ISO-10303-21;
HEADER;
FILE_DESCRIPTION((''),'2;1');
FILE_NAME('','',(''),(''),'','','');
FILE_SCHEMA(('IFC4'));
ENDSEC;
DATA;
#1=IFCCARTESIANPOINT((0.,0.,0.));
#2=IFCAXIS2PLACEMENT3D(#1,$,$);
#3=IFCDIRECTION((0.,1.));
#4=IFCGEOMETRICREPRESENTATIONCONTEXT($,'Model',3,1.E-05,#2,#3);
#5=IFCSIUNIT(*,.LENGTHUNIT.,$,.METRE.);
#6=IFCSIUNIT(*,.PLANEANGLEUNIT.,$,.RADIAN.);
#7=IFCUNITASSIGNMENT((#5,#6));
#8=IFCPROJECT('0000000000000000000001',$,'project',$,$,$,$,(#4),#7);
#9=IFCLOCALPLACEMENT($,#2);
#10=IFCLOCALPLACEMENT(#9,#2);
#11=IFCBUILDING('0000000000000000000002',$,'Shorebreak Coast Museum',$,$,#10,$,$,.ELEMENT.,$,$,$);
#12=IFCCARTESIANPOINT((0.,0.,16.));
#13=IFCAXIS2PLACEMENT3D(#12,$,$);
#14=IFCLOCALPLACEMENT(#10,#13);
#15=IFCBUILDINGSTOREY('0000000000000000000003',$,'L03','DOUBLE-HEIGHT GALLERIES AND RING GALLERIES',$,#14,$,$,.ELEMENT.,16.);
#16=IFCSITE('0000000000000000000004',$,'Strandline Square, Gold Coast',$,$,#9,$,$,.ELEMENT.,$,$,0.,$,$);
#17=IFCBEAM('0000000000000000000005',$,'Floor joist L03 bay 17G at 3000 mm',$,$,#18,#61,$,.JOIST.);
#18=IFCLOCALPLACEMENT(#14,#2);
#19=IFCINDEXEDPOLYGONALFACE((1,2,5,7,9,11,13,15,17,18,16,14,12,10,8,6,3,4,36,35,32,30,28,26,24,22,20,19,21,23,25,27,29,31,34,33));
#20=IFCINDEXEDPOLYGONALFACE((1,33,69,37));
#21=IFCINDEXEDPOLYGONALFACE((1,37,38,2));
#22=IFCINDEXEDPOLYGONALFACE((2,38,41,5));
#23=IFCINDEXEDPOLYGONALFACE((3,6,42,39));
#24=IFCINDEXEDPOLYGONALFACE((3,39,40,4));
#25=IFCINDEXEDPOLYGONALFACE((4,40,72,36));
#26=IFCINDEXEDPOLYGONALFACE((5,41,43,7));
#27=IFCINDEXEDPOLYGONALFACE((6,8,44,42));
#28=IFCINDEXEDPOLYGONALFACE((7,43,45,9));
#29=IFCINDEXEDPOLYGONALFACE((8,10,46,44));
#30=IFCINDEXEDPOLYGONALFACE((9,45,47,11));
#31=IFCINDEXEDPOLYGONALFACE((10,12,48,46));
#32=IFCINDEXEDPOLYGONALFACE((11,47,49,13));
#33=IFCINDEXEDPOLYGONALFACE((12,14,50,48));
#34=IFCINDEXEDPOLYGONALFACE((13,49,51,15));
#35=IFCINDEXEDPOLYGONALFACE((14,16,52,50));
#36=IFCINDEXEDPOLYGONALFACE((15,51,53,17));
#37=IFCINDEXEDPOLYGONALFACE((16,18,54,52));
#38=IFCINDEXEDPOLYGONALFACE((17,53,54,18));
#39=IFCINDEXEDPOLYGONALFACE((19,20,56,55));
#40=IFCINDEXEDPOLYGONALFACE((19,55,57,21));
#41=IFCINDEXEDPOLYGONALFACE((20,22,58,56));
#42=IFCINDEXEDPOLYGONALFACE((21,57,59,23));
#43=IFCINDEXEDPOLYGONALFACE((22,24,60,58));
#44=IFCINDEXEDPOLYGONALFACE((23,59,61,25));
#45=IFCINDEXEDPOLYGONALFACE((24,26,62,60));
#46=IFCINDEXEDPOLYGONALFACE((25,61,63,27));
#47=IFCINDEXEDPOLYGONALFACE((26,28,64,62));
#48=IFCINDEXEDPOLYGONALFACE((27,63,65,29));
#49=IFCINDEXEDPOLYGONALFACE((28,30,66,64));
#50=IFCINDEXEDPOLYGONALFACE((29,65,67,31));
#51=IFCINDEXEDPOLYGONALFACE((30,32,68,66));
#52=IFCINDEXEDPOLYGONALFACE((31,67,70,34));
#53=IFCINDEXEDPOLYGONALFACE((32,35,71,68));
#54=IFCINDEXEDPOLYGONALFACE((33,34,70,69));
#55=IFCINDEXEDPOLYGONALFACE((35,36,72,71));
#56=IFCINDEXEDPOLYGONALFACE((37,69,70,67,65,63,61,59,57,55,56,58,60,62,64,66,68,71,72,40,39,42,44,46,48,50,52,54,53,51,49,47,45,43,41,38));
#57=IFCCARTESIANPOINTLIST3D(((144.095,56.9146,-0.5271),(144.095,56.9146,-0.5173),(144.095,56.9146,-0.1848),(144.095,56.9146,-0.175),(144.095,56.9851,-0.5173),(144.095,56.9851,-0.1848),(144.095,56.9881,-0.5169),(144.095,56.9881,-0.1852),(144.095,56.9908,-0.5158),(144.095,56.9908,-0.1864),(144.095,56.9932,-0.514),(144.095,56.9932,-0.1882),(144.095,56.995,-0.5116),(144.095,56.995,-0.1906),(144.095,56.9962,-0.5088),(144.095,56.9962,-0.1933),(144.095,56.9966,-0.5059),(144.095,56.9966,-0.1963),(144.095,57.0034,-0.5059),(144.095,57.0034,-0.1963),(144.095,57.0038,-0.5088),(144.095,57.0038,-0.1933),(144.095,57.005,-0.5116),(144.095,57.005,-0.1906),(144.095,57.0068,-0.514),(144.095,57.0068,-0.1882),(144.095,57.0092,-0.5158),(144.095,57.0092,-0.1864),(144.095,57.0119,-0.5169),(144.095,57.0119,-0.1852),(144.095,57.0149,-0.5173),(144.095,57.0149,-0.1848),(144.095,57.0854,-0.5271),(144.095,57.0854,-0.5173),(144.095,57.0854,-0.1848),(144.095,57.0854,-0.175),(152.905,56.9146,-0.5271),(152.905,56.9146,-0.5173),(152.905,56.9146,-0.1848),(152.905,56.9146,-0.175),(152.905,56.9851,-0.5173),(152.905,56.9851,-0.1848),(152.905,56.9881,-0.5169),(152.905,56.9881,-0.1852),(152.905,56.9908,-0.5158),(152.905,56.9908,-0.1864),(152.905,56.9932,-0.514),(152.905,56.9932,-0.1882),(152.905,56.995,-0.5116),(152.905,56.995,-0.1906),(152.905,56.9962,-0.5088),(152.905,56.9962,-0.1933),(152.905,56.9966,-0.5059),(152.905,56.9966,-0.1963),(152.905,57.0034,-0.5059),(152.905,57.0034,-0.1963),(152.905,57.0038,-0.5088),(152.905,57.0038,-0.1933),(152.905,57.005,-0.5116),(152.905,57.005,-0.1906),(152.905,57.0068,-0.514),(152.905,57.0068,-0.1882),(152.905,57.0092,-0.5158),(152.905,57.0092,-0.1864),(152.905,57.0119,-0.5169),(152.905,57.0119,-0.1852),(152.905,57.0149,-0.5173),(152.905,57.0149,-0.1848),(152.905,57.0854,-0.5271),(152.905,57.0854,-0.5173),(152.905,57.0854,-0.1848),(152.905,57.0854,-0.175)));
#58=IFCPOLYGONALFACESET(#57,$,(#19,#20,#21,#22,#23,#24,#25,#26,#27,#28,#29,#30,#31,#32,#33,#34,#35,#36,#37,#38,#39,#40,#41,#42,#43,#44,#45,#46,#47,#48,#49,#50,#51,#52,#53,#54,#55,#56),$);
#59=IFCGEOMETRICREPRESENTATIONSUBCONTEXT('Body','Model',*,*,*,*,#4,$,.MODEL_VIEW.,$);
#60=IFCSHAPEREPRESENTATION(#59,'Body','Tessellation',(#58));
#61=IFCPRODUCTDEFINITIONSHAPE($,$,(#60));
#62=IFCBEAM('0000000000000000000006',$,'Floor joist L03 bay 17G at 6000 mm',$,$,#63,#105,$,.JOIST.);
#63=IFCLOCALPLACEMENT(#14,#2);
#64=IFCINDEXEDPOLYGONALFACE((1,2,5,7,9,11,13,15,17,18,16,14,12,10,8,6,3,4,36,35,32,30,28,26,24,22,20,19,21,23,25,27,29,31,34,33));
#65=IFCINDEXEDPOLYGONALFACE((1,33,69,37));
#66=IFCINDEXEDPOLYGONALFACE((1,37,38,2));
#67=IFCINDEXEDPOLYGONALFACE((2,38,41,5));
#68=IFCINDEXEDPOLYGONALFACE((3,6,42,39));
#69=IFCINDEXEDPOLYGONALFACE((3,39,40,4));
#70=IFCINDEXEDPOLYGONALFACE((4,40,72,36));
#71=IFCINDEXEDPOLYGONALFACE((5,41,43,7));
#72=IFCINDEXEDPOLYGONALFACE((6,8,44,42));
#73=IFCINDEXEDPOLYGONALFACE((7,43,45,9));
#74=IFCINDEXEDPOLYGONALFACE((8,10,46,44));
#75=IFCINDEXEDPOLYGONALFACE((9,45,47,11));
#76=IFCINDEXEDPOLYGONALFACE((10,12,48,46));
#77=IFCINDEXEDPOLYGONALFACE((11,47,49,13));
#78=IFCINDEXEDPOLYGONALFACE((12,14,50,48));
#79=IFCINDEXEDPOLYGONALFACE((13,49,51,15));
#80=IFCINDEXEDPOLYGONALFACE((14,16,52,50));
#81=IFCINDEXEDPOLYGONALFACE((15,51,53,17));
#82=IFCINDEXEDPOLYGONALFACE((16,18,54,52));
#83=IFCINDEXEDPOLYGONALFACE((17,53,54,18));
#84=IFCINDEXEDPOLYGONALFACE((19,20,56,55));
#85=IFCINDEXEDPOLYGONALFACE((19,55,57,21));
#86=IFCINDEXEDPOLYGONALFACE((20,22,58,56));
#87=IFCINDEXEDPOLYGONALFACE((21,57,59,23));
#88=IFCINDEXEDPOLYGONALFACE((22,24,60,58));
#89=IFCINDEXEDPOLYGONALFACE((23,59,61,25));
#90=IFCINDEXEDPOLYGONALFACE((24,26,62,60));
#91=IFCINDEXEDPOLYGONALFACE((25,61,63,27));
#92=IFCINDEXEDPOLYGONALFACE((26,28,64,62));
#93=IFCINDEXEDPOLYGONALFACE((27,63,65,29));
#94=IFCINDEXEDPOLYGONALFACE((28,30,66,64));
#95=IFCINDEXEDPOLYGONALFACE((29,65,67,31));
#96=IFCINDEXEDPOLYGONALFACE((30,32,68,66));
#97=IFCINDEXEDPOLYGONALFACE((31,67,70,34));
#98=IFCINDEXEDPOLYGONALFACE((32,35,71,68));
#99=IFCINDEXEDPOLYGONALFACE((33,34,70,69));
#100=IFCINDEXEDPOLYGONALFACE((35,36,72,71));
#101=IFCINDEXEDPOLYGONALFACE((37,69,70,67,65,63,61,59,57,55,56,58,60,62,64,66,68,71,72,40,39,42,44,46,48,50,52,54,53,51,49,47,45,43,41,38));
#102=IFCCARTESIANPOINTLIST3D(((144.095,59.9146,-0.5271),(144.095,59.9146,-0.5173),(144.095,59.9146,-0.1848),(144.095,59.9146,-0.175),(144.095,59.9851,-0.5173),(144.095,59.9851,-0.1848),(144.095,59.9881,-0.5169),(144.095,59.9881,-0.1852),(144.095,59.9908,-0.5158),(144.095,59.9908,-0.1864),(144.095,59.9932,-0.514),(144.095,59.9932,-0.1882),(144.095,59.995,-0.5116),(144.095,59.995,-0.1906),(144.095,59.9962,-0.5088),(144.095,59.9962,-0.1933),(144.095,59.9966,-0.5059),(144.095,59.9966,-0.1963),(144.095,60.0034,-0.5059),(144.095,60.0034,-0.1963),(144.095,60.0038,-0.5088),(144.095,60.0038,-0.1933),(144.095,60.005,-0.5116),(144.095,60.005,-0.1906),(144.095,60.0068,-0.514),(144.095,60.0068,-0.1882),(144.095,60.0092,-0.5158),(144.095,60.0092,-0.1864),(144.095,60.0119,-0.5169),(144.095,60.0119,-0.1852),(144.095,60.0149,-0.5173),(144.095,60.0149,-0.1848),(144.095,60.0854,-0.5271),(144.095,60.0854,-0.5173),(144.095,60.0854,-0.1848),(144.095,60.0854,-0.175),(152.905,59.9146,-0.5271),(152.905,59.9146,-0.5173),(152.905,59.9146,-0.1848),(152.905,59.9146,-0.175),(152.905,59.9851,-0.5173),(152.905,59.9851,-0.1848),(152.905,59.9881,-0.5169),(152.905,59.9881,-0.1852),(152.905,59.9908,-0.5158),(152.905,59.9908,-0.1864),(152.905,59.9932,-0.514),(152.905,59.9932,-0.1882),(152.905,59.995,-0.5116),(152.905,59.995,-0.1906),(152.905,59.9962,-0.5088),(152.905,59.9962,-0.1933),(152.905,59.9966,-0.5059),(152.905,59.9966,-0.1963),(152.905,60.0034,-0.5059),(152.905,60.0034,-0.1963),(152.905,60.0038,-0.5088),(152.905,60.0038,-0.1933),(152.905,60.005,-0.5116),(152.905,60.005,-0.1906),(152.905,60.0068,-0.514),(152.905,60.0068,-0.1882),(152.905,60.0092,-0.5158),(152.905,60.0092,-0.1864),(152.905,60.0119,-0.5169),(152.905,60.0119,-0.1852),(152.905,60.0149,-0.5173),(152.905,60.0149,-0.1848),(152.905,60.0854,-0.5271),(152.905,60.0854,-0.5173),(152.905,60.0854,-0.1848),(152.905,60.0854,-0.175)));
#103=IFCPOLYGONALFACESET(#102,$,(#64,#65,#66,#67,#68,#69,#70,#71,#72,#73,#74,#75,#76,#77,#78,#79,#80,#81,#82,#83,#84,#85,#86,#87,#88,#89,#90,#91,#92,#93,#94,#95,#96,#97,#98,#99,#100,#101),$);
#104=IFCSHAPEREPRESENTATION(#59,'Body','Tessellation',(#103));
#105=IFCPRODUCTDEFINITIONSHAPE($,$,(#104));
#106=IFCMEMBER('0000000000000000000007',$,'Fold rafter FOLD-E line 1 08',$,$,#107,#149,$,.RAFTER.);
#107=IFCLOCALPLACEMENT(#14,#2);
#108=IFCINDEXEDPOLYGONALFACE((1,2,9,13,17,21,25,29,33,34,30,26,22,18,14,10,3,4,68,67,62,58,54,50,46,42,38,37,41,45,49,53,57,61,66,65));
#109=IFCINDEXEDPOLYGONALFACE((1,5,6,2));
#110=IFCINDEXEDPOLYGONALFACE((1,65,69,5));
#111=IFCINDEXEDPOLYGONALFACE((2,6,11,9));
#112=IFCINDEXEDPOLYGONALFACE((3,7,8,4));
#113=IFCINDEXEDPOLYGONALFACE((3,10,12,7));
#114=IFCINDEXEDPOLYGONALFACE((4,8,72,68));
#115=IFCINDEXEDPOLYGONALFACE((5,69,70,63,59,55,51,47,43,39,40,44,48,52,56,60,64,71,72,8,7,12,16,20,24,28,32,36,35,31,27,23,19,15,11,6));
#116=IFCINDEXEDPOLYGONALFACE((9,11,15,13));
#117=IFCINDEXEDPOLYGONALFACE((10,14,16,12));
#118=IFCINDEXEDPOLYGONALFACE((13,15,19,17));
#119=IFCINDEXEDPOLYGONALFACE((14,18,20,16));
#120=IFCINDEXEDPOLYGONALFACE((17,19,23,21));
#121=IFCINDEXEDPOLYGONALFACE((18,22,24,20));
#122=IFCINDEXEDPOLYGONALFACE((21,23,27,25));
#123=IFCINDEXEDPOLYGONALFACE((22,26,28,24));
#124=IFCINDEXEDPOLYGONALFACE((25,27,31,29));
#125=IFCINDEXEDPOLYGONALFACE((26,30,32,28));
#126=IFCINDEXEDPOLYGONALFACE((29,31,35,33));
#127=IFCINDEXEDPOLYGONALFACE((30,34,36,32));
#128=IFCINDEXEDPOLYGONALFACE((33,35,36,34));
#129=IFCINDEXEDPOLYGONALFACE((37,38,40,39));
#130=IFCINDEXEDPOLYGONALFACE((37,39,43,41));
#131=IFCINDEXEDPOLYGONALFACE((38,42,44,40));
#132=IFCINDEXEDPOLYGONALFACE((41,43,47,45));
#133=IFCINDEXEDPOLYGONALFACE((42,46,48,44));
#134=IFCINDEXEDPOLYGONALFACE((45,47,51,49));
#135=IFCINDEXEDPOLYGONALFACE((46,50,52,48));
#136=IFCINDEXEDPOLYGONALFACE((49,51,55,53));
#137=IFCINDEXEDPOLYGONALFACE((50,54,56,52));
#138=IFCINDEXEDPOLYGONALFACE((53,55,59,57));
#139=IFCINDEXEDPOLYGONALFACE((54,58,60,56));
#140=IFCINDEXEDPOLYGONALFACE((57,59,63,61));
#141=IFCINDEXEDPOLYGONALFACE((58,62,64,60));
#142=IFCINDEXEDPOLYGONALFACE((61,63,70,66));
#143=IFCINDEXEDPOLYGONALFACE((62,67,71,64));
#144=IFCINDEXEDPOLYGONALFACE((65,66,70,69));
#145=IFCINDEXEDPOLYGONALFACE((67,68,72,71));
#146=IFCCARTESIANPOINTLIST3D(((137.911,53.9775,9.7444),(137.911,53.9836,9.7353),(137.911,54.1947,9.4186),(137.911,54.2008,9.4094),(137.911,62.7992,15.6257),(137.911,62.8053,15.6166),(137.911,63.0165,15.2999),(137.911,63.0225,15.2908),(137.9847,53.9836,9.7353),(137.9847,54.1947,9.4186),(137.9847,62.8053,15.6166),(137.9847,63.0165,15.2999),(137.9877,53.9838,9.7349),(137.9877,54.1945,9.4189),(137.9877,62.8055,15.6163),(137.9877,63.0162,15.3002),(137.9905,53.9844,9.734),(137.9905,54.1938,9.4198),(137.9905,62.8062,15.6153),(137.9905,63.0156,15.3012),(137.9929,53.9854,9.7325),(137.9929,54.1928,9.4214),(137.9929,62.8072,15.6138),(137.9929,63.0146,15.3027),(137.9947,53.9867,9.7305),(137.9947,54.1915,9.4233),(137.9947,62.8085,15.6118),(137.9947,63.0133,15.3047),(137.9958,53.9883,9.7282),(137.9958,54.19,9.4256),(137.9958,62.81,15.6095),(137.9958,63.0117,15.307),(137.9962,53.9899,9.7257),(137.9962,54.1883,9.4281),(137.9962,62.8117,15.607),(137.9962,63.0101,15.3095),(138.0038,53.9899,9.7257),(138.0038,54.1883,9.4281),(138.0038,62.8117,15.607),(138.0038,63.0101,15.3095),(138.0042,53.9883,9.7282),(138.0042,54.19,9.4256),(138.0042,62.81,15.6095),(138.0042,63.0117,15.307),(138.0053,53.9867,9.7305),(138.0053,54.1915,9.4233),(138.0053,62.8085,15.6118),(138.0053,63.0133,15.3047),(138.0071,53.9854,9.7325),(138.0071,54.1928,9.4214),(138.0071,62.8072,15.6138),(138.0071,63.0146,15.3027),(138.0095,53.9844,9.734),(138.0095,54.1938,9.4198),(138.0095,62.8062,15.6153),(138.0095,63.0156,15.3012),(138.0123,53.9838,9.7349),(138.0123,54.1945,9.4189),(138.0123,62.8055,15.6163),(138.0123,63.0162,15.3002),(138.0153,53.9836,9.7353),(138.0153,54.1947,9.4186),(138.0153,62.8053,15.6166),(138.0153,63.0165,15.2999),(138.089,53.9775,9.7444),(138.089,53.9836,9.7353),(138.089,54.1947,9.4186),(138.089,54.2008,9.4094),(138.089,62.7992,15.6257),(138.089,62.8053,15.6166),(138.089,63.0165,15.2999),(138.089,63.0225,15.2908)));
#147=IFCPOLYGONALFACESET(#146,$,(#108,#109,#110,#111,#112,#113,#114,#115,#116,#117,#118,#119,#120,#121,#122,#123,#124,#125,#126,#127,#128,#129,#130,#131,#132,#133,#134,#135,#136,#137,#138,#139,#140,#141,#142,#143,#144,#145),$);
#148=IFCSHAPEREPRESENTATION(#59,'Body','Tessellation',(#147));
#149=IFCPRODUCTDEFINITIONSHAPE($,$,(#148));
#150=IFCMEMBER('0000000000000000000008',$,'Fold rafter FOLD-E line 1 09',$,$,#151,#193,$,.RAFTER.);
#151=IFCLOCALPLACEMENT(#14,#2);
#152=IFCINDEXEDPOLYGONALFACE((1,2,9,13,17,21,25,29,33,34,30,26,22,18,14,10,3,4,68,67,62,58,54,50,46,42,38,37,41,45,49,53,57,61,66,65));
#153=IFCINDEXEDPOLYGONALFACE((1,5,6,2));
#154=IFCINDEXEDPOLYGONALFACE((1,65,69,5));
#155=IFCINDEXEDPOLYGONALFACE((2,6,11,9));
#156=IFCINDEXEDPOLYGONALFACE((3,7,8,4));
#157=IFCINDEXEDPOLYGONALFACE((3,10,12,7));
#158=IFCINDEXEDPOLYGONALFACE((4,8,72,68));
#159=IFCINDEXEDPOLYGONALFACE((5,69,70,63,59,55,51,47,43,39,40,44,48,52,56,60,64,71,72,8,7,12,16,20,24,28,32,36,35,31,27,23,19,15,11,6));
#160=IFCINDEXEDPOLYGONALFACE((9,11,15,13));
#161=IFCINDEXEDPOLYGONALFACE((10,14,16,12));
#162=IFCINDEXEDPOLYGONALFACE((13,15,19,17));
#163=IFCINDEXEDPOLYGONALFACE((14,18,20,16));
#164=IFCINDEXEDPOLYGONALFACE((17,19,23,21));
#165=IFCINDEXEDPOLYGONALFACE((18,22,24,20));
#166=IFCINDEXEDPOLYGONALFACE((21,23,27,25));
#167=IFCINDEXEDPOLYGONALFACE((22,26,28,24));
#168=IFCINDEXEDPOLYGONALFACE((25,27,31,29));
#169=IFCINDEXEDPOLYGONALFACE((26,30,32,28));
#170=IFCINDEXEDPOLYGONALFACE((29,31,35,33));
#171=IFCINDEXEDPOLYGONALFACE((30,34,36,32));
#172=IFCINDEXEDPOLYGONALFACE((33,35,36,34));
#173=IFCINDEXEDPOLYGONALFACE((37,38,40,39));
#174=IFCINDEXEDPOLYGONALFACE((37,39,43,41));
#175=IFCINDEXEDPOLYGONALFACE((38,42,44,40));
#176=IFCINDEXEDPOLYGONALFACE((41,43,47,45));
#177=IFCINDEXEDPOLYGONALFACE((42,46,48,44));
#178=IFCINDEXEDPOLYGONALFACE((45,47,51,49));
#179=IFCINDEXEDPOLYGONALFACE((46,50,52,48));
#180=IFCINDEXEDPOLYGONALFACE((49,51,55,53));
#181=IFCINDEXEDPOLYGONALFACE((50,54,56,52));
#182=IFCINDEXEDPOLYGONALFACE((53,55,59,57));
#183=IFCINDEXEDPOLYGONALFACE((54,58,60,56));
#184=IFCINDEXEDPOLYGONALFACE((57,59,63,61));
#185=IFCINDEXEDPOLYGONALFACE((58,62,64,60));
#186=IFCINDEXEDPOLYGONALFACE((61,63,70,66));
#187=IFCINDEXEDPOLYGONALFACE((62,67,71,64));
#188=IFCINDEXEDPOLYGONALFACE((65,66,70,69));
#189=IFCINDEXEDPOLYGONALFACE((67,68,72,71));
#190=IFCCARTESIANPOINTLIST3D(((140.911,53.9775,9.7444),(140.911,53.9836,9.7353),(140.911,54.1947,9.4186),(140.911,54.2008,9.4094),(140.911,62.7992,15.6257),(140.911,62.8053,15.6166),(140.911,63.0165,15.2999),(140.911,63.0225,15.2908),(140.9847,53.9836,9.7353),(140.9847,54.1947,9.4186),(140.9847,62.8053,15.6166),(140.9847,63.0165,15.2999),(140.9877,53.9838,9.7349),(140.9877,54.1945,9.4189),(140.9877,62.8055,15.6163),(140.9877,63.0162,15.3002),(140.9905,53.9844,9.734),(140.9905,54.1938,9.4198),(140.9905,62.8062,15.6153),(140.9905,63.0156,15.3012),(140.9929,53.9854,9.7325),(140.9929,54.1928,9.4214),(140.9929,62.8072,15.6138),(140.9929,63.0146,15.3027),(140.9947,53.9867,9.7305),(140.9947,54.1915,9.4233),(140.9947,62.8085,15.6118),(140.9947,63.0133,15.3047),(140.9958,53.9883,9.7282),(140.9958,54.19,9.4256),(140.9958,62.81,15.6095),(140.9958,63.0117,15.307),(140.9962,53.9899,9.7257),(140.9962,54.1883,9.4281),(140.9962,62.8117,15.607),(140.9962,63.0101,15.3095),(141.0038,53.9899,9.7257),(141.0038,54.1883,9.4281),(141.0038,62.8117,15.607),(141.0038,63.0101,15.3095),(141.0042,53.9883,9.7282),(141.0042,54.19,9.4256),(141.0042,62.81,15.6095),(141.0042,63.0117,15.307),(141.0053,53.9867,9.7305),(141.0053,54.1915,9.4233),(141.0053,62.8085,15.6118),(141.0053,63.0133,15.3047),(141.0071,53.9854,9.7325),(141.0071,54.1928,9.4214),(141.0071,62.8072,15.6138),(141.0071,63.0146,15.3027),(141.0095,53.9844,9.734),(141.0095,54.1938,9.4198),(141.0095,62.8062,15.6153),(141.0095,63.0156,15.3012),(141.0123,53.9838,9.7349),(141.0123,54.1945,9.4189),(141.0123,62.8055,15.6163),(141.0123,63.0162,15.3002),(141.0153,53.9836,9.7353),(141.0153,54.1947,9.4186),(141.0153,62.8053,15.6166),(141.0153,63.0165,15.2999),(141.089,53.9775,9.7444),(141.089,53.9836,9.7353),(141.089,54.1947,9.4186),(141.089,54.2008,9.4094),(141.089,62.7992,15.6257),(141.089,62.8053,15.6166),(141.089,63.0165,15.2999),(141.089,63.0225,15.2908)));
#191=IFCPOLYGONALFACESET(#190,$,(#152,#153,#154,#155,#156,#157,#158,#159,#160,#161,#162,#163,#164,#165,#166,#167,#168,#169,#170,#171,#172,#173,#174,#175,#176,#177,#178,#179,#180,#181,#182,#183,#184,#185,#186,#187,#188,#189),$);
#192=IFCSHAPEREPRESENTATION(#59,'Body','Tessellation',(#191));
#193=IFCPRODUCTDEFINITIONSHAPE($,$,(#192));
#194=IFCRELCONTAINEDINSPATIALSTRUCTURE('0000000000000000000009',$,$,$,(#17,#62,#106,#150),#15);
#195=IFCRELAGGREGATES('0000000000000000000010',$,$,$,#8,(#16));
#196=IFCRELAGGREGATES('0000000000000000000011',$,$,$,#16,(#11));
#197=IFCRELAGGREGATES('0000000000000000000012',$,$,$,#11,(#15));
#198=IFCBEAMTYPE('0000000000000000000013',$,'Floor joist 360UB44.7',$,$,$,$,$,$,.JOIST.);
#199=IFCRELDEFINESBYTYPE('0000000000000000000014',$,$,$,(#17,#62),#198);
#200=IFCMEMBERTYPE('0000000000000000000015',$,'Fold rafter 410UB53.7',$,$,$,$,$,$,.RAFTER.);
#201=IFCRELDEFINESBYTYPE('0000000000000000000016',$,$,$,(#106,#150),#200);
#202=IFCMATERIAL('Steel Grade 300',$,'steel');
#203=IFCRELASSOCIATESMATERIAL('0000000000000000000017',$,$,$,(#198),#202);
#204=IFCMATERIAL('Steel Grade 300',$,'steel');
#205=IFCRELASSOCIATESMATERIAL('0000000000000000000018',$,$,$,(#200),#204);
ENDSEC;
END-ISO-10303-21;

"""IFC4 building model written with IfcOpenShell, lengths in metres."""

from ifc_helpers import new_model, si_unit, direction, frame, origin, origin_2d, place, context, subcontext, project, spatial, i_section, extrude, material, material_profile, profile_set, type_object, element, save


model = new_model("IFC4")

# Units and contexts
model_context = context("Model", 3, precision=1e-05, world=origin(), true_north=direction((0.0, 1.0)))
body_context = subcontext(model_context, "Body", "Model", "MODEL_VIEW")
ifc_project = project(units=[si_unit("LENGTHUNIT", "METRE"), si_unit("PLANEANGLEUNIT", "RADIAN")], contexts=[model_context])

# Site, building, storey
site_placement = place(None, origin())
site = spatial("IfcSite", under=ifc_project, at=site_placement, Name="Strandline Square, Gold Coast", CompositionType="ELEMENT", RefElevation=0.0)
building_placement = place(site_placement, origin())
building = spatial("IfcBuilding", under=site, at=building_placement, Name="Shorebreak Coast Museum", CompositionType="ELEMENT")
storey_placement = place(building_placement, frame((0.0, 0.0, 16.0)))
storey = spatial("IfcBuildingStorey", under=building, at=storey_placement, Name="L03", Description="DOUBLE-HEIGHT GALLERIES AND RING GALLERIES", CompositionType="ELEMENT", Elevation=16.0)

# Beams
ifc_material_1 = material(Name="Steel Grade 300", Category="steel")
ifc_material_profile_1 = material_profile(ifc_material_1, i_section(OverallWidth=0.1709, OverallDepth=0.3521, WebThickness=0.0068, FlangeThickness=0.0098, FilletRadius=0.0115, at=origin_2d()), Name="360UB44.7")
ifc_profile_set_1 = profile_set([ifc_material_profile_1], Name="Steel Grade 300")
beam_type_1 = type_object("IfcBeamType", Name="Floor joist 360UB44.7", PredefinedType="JOIST", material=ifc_profile_set_1)
for number, where, z_axis, x_axis, name in (
    (1, (144.095, 57.0, -0.3511), (1.0, 0.0, 0.0), (0.0, 1.0, 0.0), "Floor joist L03 bay 17G at 3000 mm"),
    (2, (144.095, 60.0, -0.3511), (1.0, 0.0, 0.0), (0.0, 1.0, 0.0), "Floor joist L03 bay 17G at 6000 mm"),
):
    element("IfcBeam", number, at=place(storey_placement, frame(where, z_axis=z_axis, x_axis=x_axis)), inside=storey, type_object=beam_type_1, Name=name, PredefinedType="JOIST", context=body_context, shape_type="SweptSolid", body=[
        extrude(i_section(OverallWidth=0.1709, OverallDepth=0.3521, WebThickness=0.0068, FlangeThickness=0.0098, FilletRadius=0.0115, at=origin_2d()), origin(), (0.0, 0.0, 1.0), 8.8101),
    ])

# Members
ifc_material_2 = material(Name="Steel Grade 300", Category="steel")
ifc_material_profile_2 = material_profile(ifc_material_2, i_section(OverallWidth=0.178, OverallDepth=0.4026, WebThickness=0.0076, FlangeThickness=0.011, FilletRadius=0.0115, at=origin_2d()), Name="410UB53.7")
ifc_profile_set_2 = profile_set([ifc_material_profile_2], Name="Steel Grade 300")
member_type_1 = type_object("IfcMemberType", Name="Fold rafter 410UB53.7", PredefinedType="RAFTER", material=ifc_profile_set_2)
for number, where, z_axis, x_axis, name in (
    (3, (138.0, 62.9109, 15.4583), (0.0, -0.832043, -0.554711), (1.0, 0.0, 0.0), "Fold rafter FOLD-E line 1 08"),
    (4, (141.0, 62.9109, 15.4583), (0.0, -0.832043, -0.554711), (1.0, 0.0, 0.0), "Fold rafter FOLD-E line 1 09"),
):
    element("IfcMember", number, at=place(storey_placement, frame(where, z_axis=z_axis, x_axis=x_axis)), inside=storey, type_object=member_type_1, Name=name, PredefinedType="RAFTER", context=body_context, shape_type="SweptSolid", body=[
        extrude(i_section(OverallWidth=0.178, OverallDepth=0.4026, WebThickness=0.0076, FlangeThickness=0.011, FilletRadius=0.0115, at=origin_2d()), origin(), (0.0, 0.0, 1.0), 10.6025),
    ])

save(model, "model.ifc")
